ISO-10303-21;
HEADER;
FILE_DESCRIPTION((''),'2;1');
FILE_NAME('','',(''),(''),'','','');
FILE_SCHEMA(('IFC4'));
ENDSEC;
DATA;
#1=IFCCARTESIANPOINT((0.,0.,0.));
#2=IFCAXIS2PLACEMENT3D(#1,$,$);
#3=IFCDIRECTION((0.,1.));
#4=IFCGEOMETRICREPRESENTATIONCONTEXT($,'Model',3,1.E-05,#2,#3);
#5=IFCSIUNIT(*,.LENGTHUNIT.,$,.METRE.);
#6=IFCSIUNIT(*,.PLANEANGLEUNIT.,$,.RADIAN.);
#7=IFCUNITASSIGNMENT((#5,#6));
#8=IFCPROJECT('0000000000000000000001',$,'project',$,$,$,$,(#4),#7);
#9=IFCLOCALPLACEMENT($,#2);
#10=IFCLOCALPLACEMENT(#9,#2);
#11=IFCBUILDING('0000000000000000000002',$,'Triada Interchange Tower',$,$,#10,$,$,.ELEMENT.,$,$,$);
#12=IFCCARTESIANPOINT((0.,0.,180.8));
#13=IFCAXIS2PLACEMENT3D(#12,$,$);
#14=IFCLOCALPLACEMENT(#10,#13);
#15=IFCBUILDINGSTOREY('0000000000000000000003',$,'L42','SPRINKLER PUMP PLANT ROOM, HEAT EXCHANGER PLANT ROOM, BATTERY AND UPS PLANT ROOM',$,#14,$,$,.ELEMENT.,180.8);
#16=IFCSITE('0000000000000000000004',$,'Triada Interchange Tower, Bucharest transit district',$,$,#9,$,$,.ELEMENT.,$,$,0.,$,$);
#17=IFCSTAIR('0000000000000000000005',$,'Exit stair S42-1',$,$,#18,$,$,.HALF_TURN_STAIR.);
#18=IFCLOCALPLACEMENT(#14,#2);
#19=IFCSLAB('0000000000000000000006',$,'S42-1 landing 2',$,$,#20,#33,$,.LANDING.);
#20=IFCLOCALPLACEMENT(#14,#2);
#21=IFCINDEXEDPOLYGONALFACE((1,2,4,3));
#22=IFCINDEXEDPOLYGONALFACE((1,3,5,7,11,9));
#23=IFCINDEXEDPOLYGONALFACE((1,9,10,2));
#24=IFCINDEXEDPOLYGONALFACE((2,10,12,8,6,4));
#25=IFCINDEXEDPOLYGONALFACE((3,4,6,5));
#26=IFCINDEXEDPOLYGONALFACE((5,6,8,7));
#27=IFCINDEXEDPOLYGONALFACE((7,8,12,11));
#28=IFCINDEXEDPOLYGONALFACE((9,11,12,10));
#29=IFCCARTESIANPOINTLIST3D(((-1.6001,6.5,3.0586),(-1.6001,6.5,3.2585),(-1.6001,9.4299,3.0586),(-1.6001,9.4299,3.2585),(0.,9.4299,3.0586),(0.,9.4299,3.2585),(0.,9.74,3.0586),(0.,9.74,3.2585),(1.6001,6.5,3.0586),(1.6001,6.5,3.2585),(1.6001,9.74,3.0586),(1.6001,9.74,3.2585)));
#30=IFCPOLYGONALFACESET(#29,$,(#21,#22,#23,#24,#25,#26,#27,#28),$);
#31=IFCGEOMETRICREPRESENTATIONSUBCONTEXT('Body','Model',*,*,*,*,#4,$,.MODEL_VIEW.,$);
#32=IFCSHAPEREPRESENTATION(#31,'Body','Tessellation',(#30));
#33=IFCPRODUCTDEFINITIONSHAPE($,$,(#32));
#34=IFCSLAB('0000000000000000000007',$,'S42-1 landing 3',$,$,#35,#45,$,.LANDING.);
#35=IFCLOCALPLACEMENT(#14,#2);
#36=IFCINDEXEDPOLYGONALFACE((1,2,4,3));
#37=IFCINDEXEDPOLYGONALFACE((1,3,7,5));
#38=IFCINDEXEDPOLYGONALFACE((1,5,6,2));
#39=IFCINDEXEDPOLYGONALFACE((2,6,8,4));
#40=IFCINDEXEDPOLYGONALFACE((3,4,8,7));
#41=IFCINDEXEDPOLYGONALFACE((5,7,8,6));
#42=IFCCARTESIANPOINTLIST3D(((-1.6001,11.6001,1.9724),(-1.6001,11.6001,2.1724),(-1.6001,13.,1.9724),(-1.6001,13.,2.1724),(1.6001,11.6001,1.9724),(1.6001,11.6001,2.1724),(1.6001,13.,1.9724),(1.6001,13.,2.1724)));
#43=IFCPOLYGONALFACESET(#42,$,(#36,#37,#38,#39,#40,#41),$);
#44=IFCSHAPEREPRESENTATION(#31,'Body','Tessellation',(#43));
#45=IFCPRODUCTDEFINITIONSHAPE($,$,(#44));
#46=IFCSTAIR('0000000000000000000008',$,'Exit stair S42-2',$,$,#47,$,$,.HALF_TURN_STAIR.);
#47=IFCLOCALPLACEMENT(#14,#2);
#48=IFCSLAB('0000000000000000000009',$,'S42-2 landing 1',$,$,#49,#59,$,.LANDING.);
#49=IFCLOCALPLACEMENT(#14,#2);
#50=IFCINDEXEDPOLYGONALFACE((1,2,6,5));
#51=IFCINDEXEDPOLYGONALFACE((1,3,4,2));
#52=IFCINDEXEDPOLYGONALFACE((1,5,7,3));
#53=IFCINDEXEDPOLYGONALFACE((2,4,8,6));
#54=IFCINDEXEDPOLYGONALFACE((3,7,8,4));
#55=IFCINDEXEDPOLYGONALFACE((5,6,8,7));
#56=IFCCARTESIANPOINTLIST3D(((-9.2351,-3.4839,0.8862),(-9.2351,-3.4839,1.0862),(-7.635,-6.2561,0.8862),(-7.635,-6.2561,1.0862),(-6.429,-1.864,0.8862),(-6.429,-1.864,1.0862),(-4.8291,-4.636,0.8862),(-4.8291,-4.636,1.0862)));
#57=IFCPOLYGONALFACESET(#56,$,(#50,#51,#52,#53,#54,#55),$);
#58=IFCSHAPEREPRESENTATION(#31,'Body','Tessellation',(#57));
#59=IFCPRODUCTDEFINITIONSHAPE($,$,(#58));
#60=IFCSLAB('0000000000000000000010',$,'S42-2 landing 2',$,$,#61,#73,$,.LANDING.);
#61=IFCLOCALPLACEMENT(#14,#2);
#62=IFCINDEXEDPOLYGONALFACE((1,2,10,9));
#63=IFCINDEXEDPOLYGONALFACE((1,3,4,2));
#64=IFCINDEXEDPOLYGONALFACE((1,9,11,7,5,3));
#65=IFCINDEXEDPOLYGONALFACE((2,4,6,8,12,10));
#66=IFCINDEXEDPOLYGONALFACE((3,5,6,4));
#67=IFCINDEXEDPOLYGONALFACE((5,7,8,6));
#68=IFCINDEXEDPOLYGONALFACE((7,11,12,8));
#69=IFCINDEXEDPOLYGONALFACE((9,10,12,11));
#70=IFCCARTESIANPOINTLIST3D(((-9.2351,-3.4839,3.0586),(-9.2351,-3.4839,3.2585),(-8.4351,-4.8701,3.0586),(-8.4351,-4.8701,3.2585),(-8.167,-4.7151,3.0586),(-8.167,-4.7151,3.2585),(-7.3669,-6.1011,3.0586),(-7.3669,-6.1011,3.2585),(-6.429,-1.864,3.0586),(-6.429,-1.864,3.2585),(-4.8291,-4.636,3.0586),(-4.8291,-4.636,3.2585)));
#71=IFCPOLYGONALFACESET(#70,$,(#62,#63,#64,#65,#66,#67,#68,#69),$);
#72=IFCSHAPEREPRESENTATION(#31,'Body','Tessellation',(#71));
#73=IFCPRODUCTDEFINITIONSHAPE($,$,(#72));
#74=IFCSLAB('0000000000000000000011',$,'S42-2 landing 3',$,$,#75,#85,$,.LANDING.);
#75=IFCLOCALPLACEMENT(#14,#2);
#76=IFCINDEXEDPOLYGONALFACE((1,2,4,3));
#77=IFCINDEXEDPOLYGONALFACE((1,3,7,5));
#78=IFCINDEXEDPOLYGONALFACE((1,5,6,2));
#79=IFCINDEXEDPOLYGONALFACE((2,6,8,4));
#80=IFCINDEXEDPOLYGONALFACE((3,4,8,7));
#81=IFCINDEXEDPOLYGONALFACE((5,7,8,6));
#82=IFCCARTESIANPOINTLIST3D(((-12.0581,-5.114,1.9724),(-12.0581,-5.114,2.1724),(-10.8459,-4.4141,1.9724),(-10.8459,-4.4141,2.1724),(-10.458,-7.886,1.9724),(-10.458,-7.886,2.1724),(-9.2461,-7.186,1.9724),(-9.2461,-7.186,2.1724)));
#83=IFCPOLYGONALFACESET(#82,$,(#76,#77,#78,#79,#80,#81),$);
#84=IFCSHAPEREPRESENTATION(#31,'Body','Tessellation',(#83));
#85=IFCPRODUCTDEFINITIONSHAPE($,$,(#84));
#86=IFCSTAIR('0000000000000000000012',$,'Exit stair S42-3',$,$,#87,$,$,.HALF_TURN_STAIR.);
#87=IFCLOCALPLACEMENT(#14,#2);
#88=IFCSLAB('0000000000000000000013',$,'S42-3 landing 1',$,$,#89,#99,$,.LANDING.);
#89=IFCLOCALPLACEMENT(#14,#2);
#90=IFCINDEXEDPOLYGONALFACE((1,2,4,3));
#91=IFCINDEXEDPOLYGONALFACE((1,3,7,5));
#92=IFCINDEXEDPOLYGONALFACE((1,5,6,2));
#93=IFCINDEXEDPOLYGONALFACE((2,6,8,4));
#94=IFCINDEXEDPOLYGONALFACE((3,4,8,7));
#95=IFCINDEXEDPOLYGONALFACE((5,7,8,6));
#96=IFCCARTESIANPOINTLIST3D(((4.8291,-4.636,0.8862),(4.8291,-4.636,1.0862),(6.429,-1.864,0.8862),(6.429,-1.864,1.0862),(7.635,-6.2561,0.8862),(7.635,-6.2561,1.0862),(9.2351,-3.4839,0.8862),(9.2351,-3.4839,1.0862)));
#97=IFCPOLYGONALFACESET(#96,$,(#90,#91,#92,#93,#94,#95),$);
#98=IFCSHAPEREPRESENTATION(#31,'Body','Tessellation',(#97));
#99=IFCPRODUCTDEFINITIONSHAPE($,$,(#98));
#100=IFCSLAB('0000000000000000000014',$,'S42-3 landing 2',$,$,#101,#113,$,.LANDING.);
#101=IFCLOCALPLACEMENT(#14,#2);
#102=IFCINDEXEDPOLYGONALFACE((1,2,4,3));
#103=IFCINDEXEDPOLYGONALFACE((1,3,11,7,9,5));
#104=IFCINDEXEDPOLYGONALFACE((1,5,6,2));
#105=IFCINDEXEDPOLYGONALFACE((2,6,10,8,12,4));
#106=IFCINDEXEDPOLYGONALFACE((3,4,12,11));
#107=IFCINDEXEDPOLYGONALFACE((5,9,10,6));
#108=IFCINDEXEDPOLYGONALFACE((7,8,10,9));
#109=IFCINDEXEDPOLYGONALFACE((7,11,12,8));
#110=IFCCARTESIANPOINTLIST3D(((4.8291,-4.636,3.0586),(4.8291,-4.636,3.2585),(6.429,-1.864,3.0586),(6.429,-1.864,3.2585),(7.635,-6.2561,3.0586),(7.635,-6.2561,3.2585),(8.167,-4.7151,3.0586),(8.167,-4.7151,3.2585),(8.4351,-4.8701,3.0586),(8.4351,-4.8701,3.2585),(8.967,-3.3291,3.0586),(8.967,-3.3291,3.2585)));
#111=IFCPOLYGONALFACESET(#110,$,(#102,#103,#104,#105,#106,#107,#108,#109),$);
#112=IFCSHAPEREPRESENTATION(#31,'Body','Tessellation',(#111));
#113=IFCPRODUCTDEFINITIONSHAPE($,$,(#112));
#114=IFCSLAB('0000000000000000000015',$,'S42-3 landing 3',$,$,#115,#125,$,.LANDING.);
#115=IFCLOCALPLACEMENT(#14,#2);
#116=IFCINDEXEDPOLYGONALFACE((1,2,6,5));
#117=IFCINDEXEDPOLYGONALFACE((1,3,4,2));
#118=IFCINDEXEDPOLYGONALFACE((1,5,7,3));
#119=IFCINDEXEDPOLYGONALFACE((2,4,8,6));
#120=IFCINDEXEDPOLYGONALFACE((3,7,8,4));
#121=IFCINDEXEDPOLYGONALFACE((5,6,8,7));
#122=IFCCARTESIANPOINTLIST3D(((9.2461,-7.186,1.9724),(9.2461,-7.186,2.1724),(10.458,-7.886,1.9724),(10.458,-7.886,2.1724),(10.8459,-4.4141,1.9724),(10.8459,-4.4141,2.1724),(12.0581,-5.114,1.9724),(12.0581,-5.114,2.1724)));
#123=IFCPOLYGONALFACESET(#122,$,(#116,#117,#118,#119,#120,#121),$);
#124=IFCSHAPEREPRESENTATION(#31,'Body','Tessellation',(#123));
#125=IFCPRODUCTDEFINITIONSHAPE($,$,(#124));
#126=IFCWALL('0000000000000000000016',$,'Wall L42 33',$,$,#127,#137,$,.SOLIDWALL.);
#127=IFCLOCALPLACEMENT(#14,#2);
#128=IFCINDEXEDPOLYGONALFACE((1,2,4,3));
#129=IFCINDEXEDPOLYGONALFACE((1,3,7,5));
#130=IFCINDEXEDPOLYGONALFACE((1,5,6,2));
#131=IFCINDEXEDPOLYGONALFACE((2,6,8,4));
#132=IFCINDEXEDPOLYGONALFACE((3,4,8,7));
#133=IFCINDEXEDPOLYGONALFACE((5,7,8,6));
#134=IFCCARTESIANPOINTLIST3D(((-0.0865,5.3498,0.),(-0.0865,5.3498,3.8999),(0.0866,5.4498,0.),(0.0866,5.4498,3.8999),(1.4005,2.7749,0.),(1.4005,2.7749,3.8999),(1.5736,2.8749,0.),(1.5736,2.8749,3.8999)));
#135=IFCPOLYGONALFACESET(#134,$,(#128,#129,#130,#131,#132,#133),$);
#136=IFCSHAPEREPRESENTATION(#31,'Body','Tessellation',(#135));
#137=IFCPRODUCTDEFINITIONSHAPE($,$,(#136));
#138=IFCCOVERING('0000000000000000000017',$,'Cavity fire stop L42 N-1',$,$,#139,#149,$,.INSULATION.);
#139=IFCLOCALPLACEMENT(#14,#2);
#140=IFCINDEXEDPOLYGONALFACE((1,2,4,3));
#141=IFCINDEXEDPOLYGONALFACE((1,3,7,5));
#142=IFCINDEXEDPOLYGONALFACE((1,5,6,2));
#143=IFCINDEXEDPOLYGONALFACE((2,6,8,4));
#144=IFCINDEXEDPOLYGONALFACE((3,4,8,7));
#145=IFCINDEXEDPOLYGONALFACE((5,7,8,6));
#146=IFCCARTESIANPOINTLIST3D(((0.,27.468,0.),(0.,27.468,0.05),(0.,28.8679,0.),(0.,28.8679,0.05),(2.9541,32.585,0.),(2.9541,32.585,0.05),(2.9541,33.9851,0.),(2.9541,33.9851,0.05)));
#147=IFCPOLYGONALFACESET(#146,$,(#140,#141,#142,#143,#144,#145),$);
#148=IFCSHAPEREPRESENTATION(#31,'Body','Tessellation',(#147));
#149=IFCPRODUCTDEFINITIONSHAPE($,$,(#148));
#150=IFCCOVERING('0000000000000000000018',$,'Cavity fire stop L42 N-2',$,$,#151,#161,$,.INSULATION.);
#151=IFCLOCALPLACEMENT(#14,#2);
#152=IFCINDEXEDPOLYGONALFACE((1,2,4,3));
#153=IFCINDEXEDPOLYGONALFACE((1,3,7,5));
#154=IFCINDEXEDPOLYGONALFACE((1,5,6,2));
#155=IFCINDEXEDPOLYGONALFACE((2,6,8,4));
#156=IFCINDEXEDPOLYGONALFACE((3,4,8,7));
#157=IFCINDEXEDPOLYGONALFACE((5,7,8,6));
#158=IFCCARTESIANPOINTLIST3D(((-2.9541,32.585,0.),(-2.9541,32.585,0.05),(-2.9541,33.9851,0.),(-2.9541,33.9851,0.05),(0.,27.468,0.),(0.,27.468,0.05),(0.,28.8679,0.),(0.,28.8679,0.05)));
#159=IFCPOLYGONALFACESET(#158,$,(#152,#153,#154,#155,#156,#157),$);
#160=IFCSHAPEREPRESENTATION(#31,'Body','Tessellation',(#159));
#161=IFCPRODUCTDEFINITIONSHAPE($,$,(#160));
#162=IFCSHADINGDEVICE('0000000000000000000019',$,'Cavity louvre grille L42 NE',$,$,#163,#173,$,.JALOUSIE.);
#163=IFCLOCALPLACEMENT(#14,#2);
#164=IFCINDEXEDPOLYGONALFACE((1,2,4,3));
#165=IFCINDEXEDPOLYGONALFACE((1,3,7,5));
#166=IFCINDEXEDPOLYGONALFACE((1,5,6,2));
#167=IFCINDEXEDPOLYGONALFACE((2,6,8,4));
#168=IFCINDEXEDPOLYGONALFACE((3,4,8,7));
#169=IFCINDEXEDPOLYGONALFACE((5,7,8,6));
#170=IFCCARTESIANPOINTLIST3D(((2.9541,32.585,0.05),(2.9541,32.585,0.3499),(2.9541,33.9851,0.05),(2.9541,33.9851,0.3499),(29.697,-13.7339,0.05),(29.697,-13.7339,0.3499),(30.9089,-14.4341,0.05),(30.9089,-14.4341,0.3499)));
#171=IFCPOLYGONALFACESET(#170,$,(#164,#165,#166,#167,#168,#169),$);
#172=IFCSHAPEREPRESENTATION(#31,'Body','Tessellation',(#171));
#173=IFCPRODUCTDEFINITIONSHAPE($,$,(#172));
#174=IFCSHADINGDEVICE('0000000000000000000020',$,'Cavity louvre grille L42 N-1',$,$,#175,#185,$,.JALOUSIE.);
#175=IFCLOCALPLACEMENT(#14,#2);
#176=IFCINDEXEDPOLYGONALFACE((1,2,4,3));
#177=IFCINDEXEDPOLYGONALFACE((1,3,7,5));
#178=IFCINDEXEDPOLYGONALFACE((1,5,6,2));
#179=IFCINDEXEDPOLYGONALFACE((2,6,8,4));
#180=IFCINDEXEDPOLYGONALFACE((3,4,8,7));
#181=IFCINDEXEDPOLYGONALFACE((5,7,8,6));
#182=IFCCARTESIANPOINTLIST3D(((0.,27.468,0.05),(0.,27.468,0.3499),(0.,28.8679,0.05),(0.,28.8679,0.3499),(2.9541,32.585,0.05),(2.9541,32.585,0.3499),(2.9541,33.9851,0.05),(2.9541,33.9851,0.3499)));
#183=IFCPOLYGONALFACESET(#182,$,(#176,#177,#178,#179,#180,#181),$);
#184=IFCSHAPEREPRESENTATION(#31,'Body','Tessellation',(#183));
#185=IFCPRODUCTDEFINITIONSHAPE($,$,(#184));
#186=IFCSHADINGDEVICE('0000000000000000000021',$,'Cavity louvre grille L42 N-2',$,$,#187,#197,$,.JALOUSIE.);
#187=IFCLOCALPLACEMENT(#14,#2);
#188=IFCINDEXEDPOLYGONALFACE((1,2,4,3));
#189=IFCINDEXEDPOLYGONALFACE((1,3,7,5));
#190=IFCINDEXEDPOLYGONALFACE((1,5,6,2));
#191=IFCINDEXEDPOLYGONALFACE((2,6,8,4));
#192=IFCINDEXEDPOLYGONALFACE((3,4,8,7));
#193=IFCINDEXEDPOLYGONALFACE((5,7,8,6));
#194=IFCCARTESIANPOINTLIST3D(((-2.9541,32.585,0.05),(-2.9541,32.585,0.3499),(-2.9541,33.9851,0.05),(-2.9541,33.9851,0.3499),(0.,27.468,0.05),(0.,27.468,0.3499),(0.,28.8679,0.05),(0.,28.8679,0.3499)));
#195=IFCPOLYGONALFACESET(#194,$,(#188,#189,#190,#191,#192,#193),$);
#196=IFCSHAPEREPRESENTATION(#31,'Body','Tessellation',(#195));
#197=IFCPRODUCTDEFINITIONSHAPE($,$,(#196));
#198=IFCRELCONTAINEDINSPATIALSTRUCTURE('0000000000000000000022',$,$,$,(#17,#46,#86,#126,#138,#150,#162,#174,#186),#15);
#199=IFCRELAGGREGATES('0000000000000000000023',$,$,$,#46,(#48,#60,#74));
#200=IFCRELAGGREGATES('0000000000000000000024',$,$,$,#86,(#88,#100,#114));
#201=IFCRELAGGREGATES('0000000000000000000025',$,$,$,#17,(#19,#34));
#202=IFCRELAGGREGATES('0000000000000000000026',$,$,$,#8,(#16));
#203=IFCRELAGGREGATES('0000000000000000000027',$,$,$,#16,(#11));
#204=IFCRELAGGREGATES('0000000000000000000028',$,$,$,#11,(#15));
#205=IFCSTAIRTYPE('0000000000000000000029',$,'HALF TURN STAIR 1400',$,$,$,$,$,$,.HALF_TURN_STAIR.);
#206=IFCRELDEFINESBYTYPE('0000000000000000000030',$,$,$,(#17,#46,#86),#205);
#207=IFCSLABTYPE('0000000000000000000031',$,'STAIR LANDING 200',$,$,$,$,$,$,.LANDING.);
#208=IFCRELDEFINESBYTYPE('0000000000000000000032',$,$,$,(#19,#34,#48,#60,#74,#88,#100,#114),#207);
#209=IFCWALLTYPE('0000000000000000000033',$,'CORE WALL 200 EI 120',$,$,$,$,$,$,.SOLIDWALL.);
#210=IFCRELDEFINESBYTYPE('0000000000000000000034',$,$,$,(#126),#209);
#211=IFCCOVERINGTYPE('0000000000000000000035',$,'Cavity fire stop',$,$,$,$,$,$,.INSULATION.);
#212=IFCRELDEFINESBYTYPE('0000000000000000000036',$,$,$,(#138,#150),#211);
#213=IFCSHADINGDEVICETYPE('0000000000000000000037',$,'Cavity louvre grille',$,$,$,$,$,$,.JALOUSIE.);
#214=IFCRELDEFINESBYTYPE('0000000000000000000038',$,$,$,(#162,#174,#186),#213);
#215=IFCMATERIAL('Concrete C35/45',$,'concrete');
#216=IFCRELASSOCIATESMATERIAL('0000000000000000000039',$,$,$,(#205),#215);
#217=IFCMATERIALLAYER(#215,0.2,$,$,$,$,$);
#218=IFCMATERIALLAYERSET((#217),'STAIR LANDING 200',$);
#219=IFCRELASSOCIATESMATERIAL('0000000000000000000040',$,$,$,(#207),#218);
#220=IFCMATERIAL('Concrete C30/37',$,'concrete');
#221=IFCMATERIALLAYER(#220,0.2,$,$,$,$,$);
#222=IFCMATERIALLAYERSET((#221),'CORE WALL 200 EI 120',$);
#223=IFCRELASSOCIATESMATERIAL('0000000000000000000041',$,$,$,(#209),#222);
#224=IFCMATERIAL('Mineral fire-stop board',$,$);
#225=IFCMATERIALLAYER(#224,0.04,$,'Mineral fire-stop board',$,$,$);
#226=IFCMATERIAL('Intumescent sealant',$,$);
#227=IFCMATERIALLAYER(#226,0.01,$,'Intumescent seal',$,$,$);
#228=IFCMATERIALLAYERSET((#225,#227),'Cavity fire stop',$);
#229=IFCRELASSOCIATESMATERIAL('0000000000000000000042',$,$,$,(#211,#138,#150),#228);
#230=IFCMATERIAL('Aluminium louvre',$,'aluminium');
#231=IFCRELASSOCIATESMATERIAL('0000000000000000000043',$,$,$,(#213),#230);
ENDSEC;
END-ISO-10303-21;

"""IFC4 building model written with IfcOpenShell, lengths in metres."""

from ifc_helpers import new_model, si_unit, direction, frame, frame_2d, origin, place, context, subcontext, project, spatial, polyline, rectangle, outline, extrude, material, layer, layer_set, layer_usage, type_object, element, aggregate, save


model = new_model("IFC4")

# Units and contexts
model_context = context("Model", 3, precision=1e-05, world=origin(), true_north=direction((0.0, 1.0)))
body_context = subcontext(model_context, "Body", "Model", "MODEL_VIEW")
ifc_project = project(units=[si_unit("LENGTHUNIT", "METRE"), si_unit("PLANEANGLEUNIT", "RADIAN")], contexts=[model_context])

# Site, building, storey
site_placement = place(None, origin())
site = spatial("IfcSite", under=ifc_project, at=site_placement, Name="Triada Interchange Tower, Bucharest transit district", CompositionType="ELEMENT", RefElevation=0.0)
building_placement = place(site_placement, origin())
building = spatial("IfcBuilding", under=site, at=building_placement, Name="Triada Interchange Tower", CompositionType="ELEMENT")
storey_placement = place(building_placement, frame((0.0, 0.0, 180.8)))
storey = spatial("IfcBuildingStorey", under=building, at=storey_placement, Name="L42", Description="SPRINKLER PUMP PLANT ROOM, HEAT EXCHANGER PLANT ROOM, BATTERY AND UPS PLANT ROOM", CompositionType="ELEMENT", Elevation=180.8)

# Shared definitions
ifc_material_1 = material(Name="Concrete C30/37", Category="concrete")

# Stairs, slabs
ifc_material_2 = material(Name="Concrete C35/45", Category="concrete")
stair_type = type_object("IfcStairType", Name="HALF TURN STAIR 1400", PredefinedType="HALF_TURN_STAIR", material=ifc_material_2)
stair_1_placement = place(storey_placement, origin())
stair_1 = element("IfcStair", 1, at=stair_1_placement, inside=storey, type_object=stair_type, Name="Exit stair S42-1", PredefinedType="HALF_TURN_STAIR")
ifc_layer_1 = layer(ifc_material_2, 0.2)
ifc_layer_set_1 = layer_set([ifc_layer_1], Name="STAIR LANDING 200")
slab_type_1 = type_object("IfcSlabType", Name="STAIR LANDING 200", PredefinedType="LANDING", material=ifc_layer_set_1)
slab_1_placement = place(storey_placement, frame((0.0, 0.0, 3.0586)))
slab_1 = element("IfcSlab", 2, at=slab_1_placement, type_object=slab_type_1, Name="S42-1 landing 2", PredefinedType="LANDING", context=body_context, shape_type="SweptSolid", body=[
    extrude(outline(polyline([(1.6001, 6.5), (1.6001, 9.74), (0.0, 9.74), (0.0, 9.4299), (-1.6001, 9.4299), (-1.6001, 6.5), (1.6001, 6.5)])), origin(), (0.0, 0.0, 1.0), 0.2),
])
slab_2_placement = place(storey_placement, frame((0.0, 0.0, 1.9724)))
slab_2 = element("IfcSlab", 3, at=slab_2_placement, type_object=slab_type_1, Name="S42-1 landing 3", PredefinedType="LANDING", context=body_context, shape_type="SweptSolid", body=[
    extrude(outline(polyline([(1.6001, 11.6001), (1.6001, 13.0), (-1.6001, 13.0), (-1.6001, 11.6001), (1.6001, 11.6001)])), origin(), (0.0, 0.0, 1.0), 0.2),
])
stair_2_placement = place(storey_placement, origin())
stair_2 = element("IfcStair", 4, at=stair_2_placement, inside=storey, type_object=stair_type, Name="Exit stair S42-2", PredefinedType="HALF_TURN_STAIR")
slab_3_placement = place(storey_placement, frame((0.0, 0.0, 0.8862)))
slab_3 = element("IfcSlab", 5, at=slab_3_placement, type_object=slab_type_1, Name="S42-2 landing 1", PredefinedType="LANDING", context=body_context, shape_type="SweptSolid", body=[
    extrude(outline(polyline([(-6.429, -1.864), (-9.2351, -3.4839), (-7.635, -6.2561), (-4.8291, -4.636), (-6.429, -1.864)])), origin(), (0.0, 0.0, 1.0), 0.2),
])
slab_4_placement = place(storey_placement, frame((0.0, 0.0, 3.0586)))
slab_4 = element("IfcSlab", 6, at=slab_4_placement, type_object=slab_type_1, Name="S42-2 landing 2", PredefinedType="LANDING", context=body_context, shape_type="SweptSolid", body=[
    extrude(outline(polyline([(-6.429, -1.864), (-9.2351, -3.4839), (-8.4351, -4.8701), (-8.167, -4.7151), (-7.3669, -6.1011), (-4.8291, -4.636), (-6.429, -1.864)])), origin(), (0.0, 0.0, 1.0), 0.2),
])
slab_5_placement = place(storey_placement, frame((0.0, 0.0, 1.9724)))
slab_5 = element("IfcSlab", 7, at=slab_5_placement, type_object=slab_type_1, Name="S42-2 landing 3", PredefinedType="LANDING", context=body_context, shape_type="SweptSolid", body=[
    extrude(outline(polyline([(-10.8459, -4.4141), (-12.0581, -5.114), (-10.458, -7.886), (-9.2461, -7.186), (-10.8459, -4.4141)])), origin(), (0.0, 0.0, 1.0), 0.2),
])
aggregate(stair_2, [slab_3, slab_4, slab_5])
stair_3_placement = place(storey_placement, origin())
stair_3 = element("IfcStair", 8, at=stair_3_placement, inside=storey, type_object=stair_type, Name="Exit stair S42-3", PredefinedType="HALF_TURN_STAIR")
slab_6_placement = place(storey_placement, frame((0.0, 0.0, 0.8862)))
slab_6 = element("IfcSlab", 9, at=slab_6_placement, type_object=slab_type_1, Name="S42-3 landing 1", PredefinedType="LANDING", context=body_context, shape_type="SweptSolid", body=[
    extrude(outline(polyline([(4.8291, -4.636), (7.635, -6.2561), (9.2351, -3.4839), (6.429, -1.864), (4.8291, -4.636)])), origin(), (0.0, 0.0, 1.0), 0.2),
])
slab_7_placement = place(storey_placement, frame((0.0, 0.0, 3.0586)))
slab_7 = element("IfcSlab", 10, at=slab_7_placement, type_object=slab_type_1, Name="S42-3 landing 2", PredefinedType="LANDING", context=body_context, shape_type="SweptSolid", body=[
    extrude(outline(polyline([(4.8291, -4.636), (7.635, -6.2561), (8.4351, -4.8701), (8.167, -4.7151), (8.967, -3.3291), (6.429, -1.864), (4.8291, -4.636)])), origin(), (0.0, 0.0, 1.0), 0.2),
])
slab_8_placement = place(storey_placement, frame((0.0, 0.0, 1.9724)))
slab_8 = element("IfcSlab", 11, at=slab_8_placement, type_object=slab_type_1, Name="S42-3 landing 3", PredefinedType="LANDING", context=body_context, shape_type="SweptSolid", body=[
    extrude(outline(polyline([(9.2461, -7.186), (10.458, -7.886), (12.0581, -5.114), (10.8459, -4.4141), (9.2461, -7.186)])), origin(), (0.0, 0.0, 1.0), 0.2),
])
aggregate(stair_3, [slab_6, slab_7, slab_8])

# Wall
ifc_layer_2 = layer(ifc_material_1, 0.2)
ifc_layer_set_2 = layer_set([ifc_layer_2], Name="CORE WALL 200 EI 120")
wall_type = type_object("IfcWallType", Name="CORE WALL 200 EI 120", PredefinedType="SOLIDWALL", material=ifc_layer_set_2)
wall_placement = place(storey_placement, frame((0.0, 5.3999, 0.0), z_axis=(0.0, 0.0, 1.0), x_axis=(0.500104, -0.865965, 0.0)))
element("IfcWall", 12, at=wall_placement, inside=storey, type_object=wall_type, Name="Wall L42 33", PredefinedType="SOLIDWALL", context=body_context, shape_type="SweptSolid", body=[
    extrude(rectangle(XDim=2.9734, YDim=0.2, at=frame_2d((1.4868, 0.0))), origin(), (0.0, 0.0, 1.0), 3.8999),
])

# Coverings
ifc_material_3 = material(Name="Mineral fire-stop board")
ifc_layer_3 = layer(ifc_material_3, 0.04, Name="Mineral fire-stop board")
ifc_material_4 = material(Name="Intumescent sealant")
ifc_layer_4 = layer(ifc_material_4, 0.01, Name="Intumescent seal")
ifc_layer_set_3 = layer_set([ifc_layer_3, ifc_layer_4], Name="Cavity fire stop")
ifc_layer_usage = layer_usage(ifc_layer_set_3, "AXIS3", "POSITIVE", 0.0)
covering_type = type_object("IfcCoveringType", Name="Cavity fire stop", PredefinedType="INSULATION", material=ifc_layer_set_3)
covering_1_placement = place(storey_placement, origin())
element("IfcCovering", 13, at=covering_1_placement, inside=storey, type_object=covering_type, material=ifc_layer_usage, Name="Cavity fire stop L42 N-1", PredefinedType="INSULATION", context=body_context, shape_type="SweptSolid", body=[
    extrude(outline(polyline([(2.9541, 32.585), (2.9541, 33.9851), (0.0, 28.8679), (0.0, 27.468), (2.9541, 32.585)])), origin(), (0.0, 0.0, 1.0), 0.05),
])
covering_2_placement = place(storey_placement, origin())
element("IfcCovering", 14, at=covering_2_placement, inside=storey, type_object=covering_type, material=ifc_layer_usage, Name="Cavity fire stop L42 N-2", PredefinedType="INSULATION", context=body_context, shape_type="SweptSolid", body=[
    extrude(outline(polyline([(0.0, 27.468), (0.0, 28.8679), (-2.9541, 33.9851), (-2.9541, 32.585), (0.0, 27.468)])), origin(), (0.0, 0.0, 1.0), 0.05),
])

# Shading devices
ifc_material_5 = material(Name="Aluminium louvre", Category="aluminium")
shading_device_type = type_object("IfcShadingDeviceType", Name="Cavity louvre grille", PredefinedType="JALOUSIE", material=ifc_material_5)
shading_device_1_placement = place(storey_placement, frame((0.0, 0.0, 0.05)))
element("IfcShadingDevice", 15, at=shading_device_1_placement, inside=storey, type_object=shading_device_type, Name="Cavity louvre grille L42 NE", PredefinedType="JALOUSIE", context=body_context, shape_type="SweptSolid", body=[
    extrude(outline(polyline([(29.697, -13.7339), (30.9089, -14.4341), (2.9541, 33.9851), (2.9541, 32.585), (29.697, -13.7339)])), origin(), (0.0, 0.0, 1.0), 0.2998),
])
shading_device_2_placement = place(storey_placement, frame((0.0, 0.0, 0.05)))
element("IfcShadingDevice", 16, at=shading_device_2_placement, inside=storey, type_object=shading_device_type, Name="Cavity louvre grille L42 N-1", PredefinedType="JALOUSIE", context=body_context, shape_type="SweptSolid", body=[
    extrude(outline(polyline([(2.9541, 32.585), (2.9541, 33.9851), (0.0, 28.8679), (0.0, 27.468), (2.9541, 32.585)])), origin(), (0.0, 0.0, 1.0), 0.2998),
])
shading_device_3_placement = place(storey_placement, frame((0.0, 0.0, 0.05)))
element("IfcShadingDevice", 17, at=shading_device_3_placement, inside=storey, type_object=shading_device_type, Name="Cavity louvre grille L42 N-2", PredefinedType="JALOUSIE", context=body_context, shape_type="SweptSolid", body=[
    extrude(outline(polyline([(0.0, 27.468), (0.0, 28.8679), (-2.9541, 33.9851), (-2.9541, 32.585), (0.0, 27.468)])), origin(), (0.0, 0.0, 1.0), 0.2998),
])

aggregate(stair_1, [slab_1, slab_2])

save(model, "model.ifc")
